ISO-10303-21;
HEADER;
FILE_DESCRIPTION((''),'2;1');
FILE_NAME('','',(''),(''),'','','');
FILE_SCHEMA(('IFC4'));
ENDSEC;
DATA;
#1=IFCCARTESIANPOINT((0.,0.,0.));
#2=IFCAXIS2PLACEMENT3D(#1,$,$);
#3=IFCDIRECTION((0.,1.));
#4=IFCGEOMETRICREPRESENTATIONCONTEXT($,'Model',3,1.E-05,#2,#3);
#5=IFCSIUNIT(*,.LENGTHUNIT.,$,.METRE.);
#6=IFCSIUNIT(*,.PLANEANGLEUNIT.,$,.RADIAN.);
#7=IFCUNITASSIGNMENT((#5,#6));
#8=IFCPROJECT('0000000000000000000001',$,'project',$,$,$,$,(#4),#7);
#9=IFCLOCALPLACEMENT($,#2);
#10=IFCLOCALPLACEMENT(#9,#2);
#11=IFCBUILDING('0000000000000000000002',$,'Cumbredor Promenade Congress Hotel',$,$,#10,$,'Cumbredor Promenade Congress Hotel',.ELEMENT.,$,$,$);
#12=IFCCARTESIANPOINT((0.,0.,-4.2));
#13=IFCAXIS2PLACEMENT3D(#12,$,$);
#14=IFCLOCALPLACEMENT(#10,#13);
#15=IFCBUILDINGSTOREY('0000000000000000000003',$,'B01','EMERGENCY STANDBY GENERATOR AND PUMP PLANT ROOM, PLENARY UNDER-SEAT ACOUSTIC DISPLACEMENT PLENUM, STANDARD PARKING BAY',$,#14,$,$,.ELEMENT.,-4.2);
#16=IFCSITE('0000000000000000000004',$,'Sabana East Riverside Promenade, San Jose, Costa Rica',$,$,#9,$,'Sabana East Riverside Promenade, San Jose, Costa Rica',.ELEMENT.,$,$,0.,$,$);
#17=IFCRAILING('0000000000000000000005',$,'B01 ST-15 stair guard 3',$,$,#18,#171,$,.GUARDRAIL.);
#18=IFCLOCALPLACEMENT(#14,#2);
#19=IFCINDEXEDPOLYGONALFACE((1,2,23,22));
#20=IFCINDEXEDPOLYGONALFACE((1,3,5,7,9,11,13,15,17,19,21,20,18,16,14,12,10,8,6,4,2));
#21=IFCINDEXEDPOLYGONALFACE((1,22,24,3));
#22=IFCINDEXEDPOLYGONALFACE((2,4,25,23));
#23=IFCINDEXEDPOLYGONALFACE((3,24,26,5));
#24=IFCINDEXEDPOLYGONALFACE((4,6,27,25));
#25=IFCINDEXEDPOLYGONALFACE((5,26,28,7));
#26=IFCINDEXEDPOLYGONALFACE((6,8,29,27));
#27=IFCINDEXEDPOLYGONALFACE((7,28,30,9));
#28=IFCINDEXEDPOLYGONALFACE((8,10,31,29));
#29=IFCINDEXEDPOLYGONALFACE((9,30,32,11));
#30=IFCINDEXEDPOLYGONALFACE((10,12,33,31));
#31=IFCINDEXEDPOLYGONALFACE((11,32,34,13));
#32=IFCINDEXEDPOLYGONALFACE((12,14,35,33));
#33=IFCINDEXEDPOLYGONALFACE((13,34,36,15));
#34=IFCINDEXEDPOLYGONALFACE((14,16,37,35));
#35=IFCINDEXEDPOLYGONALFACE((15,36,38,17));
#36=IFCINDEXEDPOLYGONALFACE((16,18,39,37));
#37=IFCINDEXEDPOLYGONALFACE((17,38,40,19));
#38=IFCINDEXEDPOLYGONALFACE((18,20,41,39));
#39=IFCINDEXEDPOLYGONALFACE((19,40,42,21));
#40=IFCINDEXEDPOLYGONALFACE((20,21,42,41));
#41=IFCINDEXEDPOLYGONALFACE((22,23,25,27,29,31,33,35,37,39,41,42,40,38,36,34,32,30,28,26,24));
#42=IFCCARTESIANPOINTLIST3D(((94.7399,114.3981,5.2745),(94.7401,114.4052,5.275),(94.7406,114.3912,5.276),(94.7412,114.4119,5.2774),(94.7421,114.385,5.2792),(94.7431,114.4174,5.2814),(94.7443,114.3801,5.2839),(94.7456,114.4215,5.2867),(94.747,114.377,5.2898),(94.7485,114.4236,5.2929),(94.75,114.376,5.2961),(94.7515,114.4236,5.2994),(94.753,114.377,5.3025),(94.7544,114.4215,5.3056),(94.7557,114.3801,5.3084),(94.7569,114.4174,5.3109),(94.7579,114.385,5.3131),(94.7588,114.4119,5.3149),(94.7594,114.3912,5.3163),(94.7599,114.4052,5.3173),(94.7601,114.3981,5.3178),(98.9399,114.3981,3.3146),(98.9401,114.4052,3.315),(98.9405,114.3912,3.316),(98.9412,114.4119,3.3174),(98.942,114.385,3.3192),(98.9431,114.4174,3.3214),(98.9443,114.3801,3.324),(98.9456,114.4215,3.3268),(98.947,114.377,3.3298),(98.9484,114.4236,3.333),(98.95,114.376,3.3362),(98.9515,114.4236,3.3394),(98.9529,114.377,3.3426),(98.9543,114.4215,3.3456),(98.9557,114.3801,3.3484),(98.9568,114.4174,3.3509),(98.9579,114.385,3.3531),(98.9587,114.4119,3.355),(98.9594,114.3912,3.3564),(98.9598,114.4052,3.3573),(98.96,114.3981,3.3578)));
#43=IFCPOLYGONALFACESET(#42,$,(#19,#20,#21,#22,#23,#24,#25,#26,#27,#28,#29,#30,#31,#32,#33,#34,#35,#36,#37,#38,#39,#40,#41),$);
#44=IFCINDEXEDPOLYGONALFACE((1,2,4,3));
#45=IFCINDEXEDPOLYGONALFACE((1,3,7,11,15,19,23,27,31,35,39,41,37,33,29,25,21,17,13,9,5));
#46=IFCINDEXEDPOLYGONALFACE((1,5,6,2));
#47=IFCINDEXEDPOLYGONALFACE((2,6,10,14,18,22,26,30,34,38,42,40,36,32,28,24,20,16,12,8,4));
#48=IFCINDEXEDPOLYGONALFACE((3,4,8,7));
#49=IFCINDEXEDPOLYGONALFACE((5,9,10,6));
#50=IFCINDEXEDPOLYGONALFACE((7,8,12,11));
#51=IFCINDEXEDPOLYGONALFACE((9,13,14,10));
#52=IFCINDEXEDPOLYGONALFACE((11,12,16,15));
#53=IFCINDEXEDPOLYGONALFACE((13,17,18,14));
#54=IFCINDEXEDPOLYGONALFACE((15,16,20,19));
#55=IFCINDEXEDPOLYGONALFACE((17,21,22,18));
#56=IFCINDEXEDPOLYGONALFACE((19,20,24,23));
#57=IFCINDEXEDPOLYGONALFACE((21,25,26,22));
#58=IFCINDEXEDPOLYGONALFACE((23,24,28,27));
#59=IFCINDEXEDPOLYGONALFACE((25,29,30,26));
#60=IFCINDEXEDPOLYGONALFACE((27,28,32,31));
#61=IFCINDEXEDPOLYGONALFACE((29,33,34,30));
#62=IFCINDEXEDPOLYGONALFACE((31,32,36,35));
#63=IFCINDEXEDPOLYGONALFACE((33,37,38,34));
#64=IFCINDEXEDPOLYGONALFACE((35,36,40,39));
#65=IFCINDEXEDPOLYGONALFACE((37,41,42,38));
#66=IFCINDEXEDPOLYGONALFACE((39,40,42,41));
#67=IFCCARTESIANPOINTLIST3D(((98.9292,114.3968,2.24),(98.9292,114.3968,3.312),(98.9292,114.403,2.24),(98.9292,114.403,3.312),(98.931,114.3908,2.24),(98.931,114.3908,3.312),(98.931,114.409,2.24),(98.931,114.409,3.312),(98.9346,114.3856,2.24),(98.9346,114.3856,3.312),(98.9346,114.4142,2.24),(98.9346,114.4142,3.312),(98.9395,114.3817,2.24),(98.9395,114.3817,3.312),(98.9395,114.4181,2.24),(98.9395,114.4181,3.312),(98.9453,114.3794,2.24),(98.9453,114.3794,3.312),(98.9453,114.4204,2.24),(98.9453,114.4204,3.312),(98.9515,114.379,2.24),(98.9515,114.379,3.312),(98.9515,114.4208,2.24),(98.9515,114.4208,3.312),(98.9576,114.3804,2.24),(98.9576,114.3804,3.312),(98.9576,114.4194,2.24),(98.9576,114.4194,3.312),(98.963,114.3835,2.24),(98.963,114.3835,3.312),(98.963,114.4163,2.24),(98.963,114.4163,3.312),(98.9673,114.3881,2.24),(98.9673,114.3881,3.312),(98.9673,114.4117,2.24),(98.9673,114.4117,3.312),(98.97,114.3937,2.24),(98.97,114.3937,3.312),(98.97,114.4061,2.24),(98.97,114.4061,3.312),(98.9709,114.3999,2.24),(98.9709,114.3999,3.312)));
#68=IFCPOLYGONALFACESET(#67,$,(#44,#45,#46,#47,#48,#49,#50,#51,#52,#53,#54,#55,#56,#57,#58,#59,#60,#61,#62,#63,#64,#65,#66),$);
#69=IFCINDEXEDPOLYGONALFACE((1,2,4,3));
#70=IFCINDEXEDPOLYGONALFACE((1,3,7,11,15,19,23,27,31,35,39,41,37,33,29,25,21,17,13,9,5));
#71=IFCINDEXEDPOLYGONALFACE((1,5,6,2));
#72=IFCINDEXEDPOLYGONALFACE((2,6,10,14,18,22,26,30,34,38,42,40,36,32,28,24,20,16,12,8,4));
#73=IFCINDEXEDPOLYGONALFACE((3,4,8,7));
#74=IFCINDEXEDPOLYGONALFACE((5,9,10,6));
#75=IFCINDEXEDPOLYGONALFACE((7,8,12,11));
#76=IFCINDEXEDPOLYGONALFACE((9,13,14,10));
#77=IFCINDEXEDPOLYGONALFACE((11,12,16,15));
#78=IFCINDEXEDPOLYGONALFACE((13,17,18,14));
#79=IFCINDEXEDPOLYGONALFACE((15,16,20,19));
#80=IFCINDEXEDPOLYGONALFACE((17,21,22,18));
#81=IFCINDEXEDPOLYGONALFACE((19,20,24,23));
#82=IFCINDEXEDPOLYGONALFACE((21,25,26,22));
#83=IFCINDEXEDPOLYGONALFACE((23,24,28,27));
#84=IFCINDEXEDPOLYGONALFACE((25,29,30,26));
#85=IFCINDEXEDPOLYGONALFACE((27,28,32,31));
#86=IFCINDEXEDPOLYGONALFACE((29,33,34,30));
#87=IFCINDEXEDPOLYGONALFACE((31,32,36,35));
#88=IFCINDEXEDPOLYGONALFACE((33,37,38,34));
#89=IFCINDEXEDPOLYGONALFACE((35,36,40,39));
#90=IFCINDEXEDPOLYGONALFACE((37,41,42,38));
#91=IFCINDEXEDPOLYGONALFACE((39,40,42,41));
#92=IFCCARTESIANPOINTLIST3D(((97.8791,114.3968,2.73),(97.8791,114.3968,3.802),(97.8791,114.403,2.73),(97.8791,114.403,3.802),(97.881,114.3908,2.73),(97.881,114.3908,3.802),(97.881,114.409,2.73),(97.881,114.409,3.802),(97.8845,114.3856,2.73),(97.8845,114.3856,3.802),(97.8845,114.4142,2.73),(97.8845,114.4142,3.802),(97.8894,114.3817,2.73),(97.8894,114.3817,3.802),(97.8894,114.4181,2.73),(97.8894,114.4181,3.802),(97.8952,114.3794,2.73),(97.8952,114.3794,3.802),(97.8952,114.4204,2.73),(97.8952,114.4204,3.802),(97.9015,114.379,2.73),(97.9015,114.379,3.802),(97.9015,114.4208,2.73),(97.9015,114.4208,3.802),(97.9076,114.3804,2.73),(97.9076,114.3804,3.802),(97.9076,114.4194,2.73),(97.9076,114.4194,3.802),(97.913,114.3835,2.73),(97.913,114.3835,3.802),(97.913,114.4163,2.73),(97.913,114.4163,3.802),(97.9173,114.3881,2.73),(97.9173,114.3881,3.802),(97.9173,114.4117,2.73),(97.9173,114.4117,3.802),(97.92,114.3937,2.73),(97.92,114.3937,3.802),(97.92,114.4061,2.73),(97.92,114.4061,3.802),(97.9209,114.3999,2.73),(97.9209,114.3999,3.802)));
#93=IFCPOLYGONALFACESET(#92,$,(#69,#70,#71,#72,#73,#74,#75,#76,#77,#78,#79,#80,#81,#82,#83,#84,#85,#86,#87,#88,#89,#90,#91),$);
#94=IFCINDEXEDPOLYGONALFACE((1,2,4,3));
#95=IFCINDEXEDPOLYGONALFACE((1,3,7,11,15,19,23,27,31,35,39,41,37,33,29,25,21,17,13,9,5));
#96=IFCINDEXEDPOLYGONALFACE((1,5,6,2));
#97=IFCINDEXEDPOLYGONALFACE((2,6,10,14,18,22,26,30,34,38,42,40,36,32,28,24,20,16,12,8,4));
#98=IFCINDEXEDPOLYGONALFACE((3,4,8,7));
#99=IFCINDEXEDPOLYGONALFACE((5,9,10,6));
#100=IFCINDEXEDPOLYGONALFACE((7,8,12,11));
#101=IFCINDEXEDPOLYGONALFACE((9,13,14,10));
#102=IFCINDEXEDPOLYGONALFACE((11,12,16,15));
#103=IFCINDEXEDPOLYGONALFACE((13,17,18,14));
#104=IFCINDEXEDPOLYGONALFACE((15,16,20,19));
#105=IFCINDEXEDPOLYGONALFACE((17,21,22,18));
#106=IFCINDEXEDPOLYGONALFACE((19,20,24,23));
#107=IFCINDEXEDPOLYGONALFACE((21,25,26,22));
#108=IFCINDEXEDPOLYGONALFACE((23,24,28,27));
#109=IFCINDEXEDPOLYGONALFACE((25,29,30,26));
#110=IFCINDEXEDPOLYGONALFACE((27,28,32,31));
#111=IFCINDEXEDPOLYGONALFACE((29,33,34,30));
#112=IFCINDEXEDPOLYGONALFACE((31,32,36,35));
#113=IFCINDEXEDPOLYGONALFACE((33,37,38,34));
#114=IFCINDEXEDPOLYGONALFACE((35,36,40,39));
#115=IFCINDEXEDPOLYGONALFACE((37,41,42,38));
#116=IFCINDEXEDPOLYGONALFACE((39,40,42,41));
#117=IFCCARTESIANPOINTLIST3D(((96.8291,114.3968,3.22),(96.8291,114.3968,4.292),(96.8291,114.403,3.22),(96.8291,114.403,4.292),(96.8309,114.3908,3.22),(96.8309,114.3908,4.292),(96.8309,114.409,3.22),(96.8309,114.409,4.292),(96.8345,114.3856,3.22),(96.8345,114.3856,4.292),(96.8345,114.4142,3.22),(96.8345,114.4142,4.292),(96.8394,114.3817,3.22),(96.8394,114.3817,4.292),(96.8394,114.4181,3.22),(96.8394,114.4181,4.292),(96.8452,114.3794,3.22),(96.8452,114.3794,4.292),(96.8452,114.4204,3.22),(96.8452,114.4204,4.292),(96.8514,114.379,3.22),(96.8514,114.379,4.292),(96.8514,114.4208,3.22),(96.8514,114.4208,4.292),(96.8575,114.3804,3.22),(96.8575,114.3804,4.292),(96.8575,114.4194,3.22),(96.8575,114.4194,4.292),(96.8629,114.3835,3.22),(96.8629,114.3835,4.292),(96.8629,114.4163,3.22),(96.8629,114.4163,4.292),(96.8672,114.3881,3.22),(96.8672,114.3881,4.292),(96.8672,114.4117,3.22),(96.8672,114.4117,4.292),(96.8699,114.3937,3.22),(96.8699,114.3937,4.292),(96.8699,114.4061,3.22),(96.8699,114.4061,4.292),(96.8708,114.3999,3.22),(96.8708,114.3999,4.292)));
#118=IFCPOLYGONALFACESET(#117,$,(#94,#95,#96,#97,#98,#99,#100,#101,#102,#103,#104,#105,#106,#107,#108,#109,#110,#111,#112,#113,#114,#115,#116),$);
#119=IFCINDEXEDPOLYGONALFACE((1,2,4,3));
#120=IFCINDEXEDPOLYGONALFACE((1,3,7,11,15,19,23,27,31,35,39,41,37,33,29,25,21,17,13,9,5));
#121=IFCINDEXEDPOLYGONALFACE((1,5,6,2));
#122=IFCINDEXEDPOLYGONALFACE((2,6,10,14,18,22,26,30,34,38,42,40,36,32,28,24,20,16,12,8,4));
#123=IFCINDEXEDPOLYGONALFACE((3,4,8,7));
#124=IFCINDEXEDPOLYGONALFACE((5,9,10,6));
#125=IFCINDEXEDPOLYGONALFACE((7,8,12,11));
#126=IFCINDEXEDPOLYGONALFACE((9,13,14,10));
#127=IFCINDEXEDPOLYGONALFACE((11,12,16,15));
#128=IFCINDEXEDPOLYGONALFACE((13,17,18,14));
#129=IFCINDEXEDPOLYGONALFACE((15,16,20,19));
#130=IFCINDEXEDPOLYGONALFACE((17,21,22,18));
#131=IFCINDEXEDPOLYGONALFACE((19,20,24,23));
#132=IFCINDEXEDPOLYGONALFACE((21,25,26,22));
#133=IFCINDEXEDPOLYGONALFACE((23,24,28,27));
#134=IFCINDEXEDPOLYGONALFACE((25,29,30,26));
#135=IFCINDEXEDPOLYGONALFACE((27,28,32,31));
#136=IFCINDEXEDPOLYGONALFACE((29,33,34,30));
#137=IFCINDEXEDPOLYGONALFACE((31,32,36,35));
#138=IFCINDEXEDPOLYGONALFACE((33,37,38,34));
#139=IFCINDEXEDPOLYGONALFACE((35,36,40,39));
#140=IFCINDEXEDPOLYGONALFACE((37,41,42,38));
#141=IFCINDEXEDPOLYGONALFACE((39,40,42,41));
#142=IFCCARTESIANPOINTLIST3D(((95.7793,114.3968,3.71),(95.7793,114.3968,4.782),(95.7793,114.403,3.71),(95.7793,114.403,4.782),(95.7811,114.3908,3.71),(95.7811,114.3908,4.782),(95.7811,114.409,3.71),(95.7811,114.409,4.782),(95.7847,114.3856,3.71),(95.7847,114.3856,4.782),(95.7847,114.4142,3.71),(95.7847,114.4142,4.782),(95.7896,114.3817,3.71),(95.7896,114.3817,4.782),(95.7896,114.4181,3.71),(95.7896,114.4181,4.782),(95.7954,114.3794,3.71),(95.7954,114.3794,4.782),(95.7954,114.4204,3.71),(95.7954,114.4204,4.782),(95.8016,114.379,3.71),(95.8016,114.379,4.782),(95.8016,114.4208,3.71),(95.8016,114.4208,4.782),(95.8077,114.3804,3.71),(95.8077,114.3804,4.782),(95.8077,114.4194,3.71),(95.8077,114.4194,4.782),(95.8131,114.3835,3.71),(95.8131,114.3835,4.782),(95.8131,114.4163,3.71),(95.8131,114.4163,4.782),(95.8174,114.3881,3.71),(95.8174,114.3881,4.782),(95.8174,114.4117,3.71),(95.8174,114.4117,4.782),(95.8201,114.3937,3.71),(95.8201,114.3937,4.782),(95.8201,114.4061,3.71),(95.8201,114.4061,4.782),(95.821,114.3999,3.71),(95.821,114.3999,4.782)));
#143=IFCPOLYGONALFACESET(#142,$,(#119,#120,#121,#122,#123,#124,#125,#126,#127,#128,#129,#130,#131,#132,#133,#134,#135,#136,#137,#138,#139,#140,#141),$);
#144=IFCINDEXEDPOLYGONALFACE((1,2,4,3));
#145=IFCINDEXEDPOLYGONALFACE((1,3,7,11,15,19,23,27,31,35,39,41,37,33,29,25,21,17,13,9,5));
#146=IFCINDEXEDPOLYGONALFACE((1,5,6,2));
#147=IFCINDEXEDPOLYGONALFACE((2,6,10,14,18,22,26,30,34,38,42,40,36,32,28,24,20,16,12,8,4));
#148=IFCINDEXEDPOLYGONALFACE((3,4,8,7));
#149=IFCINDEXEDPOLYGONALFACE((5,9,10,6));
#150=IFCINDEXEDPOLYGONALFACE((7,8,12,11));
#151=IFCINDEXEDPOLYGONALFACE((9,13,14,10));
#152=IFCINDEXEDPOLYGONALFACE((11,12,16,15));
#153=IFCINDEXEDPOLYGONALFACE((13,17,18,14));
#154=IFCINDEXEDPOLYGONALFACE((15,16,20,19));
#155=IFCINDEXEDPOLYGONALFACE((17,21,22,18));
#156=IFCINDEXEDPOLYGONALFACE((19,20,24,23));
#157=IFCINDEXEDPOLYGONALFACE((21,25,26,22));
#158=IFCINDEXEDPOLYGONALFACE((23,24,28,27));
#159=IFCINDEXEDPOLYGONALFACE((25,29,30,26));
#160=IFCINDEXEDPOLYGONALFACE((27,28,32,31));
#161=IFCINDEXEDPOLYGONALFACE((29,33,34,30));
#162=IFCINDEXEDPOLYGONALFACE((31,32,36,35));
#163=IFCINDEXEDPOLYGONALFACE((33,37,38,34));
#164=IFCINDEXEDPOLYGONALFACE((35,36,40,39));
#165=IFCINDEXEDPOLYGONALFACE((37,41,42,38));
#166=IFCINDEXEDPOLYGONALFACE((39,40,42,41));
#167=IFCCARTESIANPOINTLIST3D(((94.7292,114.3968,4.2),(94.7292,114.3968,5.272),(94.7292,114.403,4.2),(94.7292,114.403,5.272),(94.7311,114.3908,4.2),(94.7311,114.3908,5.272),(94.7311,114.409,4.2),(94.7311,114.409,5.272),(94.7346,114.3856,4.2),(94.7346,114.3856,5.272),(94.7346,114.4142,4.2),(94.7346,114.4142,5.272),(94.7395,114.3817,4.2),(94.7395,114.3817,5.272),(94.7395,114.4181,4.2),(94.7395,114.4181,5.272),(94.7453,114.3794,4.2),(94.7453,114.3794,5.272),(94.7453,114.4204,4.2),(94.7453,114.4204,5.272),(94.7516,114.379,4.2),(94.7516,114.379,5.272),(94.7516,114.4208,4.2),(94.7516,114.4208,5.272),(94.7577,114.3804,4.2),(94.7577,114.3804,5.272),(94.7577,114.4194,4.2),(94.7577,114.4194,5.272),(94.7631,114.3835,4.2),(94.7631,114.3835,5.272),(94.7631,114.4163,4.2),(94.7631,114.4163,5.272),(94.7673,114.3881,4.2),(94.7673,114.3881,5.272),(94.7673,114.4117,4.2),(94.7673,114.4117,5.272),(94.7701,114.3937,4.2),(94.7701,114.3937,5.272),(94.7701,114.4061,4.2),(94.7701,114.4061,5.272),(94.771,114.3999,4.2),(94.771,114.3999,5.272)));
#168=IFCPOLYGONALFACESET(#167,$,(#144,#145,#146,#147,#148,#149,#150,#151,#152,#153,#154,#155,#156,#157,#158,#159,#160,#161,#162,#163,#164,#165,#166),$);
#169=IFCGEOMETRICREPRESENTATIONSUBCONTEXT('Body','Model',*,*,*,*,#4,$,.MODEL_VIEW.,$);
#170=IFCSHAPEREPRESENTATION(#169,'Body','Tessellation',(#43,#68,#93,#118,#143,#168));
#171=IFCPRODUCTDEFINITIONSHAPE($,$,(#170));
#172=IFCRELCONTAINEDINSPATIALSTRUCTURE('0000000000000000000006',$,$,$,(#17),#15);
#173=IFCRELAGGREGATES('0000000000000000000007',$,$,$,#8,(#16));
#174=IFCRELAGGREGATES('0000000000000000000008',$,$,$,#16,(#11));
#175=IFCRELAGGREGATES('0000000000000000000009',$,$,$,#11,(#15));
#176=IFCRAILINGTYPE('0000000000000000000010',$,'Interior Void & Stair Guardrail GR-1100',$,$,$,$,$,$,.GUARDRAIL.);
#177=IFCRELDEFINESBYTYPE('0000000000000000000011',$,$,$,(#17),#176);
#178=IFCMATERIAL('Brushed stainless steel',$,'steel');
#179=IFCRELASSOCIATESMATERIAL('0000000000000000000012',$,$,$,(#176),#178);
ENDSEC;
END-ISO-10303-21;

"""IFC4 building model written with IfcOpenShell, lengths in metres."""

from ifc_helpers import new_model, si_unit, direction, frame, origin, origin_2d, place, context, subcontext, project, spatial, circle, extrude, material, type_object, element, save


model = new_model("IFC4")

# Units and contexts
model_context = context("Model", 3, precision=1e-05, world=origin(), true_north=direction((0.0, 1.0)))
body_context = subcontext(model_context, "Body", "Model", "MODEL_VIEW")
ifc_project = project(units=[si_unit("LENGTHUNIT", "METRE"), si_unit("PLANEANGLEUNIT", "RADIAN")], contexts=[model_context])

# Site, building, storey
site_placement = place(None, origin())
site = spatial("IfcSite", under=ifc_project, at=site_placement, Name="Sabana East Riverside Promenade, San Jose, Costa Rica", LongName="Sabana East Riverside Promenade, San Jose, Costa Rica", CompositionType="ELEMENT", RefElevation=0.0)
building_placement = place(site_placement, origin())
building = spatial("IfcBuilding", under=site, at=building_placement, Name="Cumbredor Promenade Congress Hotel", LongName="Cumbredor Promenade Congress Hotel", CompositionType="ELEMENT")
storey_placement = place(building_placement, frame((0.0, 0.0, -4.2)))
storey = spatial("IfcBuildingStorey", under=building, at=storey_placement, Name="B01", Description="EMERGENCY STANDBY GENERATOR AND PUMP PLANT ROOM, PLENARY UNDER-SEAT ACOUSTIC DISPLACEMENT PLENUM, STANDARD PARKING BAY", CompositionType="ELEMENT", Elevation=-4.2)

# Railing
ifc_material_1 = material(Name="Brushed stainless steel", Category="steel")
railing_type_1 = type_object("IfcRailingType", Name="Interior Void & Stair Guardrail GR-1100", PredefinedType="GUARDRAIL", material=ifc_material_1)
railing_1_placement = place(storey_placement, frame((98.95, 114.3999, 2.24)))
element("IfcRailing", 1, at=railing_1_placement, inside=storey, type_object=railing_type_1, Name="B01 ST-15 stair guard 3", PredefinedType="GUARDRAIL", context=body_context, shape_type="SweptSolid", body=[
    extrude(circle(Radius=0.0239, at=origin_2d()), frame((0.0, 0.0, 1.0962), z_axis=(-0.906184, 0.0, 0.422883), x_axis=(0.0, -1.0, 0.0)), (0.0, 0.0, 1.0), 4.6348),
    extrude(circle(Radius=0.021, at=origin_2d()), origin(), (0.0, 0.0, 1.0), 1.072),
    extrude(circle(Radius=0.021, at=origin_2d()), frame((-1.05, 0.0, 0.49)), (0.0, 0.0, 1.0), 1.072),
    extrude(circle(Radius=0.021, at=origin_2d()), frame((-2.1001, 0.0, 0.98)), (0.0, 0.0, 1.0), 1.072),
    extrude(circle(Radius=0.021, at=origin_2d()), frame((-3.1499, 0.0, 1.47)), (0.0, 0.0, 1.0), 1.072),
    extrude(circle(Radius=0.021, at=origin_2d()), frame((-4.2, 0.0, 1.96)), (0.0, 0.0, 1.0), 1.072),
])

save(model, "model.ifc")
